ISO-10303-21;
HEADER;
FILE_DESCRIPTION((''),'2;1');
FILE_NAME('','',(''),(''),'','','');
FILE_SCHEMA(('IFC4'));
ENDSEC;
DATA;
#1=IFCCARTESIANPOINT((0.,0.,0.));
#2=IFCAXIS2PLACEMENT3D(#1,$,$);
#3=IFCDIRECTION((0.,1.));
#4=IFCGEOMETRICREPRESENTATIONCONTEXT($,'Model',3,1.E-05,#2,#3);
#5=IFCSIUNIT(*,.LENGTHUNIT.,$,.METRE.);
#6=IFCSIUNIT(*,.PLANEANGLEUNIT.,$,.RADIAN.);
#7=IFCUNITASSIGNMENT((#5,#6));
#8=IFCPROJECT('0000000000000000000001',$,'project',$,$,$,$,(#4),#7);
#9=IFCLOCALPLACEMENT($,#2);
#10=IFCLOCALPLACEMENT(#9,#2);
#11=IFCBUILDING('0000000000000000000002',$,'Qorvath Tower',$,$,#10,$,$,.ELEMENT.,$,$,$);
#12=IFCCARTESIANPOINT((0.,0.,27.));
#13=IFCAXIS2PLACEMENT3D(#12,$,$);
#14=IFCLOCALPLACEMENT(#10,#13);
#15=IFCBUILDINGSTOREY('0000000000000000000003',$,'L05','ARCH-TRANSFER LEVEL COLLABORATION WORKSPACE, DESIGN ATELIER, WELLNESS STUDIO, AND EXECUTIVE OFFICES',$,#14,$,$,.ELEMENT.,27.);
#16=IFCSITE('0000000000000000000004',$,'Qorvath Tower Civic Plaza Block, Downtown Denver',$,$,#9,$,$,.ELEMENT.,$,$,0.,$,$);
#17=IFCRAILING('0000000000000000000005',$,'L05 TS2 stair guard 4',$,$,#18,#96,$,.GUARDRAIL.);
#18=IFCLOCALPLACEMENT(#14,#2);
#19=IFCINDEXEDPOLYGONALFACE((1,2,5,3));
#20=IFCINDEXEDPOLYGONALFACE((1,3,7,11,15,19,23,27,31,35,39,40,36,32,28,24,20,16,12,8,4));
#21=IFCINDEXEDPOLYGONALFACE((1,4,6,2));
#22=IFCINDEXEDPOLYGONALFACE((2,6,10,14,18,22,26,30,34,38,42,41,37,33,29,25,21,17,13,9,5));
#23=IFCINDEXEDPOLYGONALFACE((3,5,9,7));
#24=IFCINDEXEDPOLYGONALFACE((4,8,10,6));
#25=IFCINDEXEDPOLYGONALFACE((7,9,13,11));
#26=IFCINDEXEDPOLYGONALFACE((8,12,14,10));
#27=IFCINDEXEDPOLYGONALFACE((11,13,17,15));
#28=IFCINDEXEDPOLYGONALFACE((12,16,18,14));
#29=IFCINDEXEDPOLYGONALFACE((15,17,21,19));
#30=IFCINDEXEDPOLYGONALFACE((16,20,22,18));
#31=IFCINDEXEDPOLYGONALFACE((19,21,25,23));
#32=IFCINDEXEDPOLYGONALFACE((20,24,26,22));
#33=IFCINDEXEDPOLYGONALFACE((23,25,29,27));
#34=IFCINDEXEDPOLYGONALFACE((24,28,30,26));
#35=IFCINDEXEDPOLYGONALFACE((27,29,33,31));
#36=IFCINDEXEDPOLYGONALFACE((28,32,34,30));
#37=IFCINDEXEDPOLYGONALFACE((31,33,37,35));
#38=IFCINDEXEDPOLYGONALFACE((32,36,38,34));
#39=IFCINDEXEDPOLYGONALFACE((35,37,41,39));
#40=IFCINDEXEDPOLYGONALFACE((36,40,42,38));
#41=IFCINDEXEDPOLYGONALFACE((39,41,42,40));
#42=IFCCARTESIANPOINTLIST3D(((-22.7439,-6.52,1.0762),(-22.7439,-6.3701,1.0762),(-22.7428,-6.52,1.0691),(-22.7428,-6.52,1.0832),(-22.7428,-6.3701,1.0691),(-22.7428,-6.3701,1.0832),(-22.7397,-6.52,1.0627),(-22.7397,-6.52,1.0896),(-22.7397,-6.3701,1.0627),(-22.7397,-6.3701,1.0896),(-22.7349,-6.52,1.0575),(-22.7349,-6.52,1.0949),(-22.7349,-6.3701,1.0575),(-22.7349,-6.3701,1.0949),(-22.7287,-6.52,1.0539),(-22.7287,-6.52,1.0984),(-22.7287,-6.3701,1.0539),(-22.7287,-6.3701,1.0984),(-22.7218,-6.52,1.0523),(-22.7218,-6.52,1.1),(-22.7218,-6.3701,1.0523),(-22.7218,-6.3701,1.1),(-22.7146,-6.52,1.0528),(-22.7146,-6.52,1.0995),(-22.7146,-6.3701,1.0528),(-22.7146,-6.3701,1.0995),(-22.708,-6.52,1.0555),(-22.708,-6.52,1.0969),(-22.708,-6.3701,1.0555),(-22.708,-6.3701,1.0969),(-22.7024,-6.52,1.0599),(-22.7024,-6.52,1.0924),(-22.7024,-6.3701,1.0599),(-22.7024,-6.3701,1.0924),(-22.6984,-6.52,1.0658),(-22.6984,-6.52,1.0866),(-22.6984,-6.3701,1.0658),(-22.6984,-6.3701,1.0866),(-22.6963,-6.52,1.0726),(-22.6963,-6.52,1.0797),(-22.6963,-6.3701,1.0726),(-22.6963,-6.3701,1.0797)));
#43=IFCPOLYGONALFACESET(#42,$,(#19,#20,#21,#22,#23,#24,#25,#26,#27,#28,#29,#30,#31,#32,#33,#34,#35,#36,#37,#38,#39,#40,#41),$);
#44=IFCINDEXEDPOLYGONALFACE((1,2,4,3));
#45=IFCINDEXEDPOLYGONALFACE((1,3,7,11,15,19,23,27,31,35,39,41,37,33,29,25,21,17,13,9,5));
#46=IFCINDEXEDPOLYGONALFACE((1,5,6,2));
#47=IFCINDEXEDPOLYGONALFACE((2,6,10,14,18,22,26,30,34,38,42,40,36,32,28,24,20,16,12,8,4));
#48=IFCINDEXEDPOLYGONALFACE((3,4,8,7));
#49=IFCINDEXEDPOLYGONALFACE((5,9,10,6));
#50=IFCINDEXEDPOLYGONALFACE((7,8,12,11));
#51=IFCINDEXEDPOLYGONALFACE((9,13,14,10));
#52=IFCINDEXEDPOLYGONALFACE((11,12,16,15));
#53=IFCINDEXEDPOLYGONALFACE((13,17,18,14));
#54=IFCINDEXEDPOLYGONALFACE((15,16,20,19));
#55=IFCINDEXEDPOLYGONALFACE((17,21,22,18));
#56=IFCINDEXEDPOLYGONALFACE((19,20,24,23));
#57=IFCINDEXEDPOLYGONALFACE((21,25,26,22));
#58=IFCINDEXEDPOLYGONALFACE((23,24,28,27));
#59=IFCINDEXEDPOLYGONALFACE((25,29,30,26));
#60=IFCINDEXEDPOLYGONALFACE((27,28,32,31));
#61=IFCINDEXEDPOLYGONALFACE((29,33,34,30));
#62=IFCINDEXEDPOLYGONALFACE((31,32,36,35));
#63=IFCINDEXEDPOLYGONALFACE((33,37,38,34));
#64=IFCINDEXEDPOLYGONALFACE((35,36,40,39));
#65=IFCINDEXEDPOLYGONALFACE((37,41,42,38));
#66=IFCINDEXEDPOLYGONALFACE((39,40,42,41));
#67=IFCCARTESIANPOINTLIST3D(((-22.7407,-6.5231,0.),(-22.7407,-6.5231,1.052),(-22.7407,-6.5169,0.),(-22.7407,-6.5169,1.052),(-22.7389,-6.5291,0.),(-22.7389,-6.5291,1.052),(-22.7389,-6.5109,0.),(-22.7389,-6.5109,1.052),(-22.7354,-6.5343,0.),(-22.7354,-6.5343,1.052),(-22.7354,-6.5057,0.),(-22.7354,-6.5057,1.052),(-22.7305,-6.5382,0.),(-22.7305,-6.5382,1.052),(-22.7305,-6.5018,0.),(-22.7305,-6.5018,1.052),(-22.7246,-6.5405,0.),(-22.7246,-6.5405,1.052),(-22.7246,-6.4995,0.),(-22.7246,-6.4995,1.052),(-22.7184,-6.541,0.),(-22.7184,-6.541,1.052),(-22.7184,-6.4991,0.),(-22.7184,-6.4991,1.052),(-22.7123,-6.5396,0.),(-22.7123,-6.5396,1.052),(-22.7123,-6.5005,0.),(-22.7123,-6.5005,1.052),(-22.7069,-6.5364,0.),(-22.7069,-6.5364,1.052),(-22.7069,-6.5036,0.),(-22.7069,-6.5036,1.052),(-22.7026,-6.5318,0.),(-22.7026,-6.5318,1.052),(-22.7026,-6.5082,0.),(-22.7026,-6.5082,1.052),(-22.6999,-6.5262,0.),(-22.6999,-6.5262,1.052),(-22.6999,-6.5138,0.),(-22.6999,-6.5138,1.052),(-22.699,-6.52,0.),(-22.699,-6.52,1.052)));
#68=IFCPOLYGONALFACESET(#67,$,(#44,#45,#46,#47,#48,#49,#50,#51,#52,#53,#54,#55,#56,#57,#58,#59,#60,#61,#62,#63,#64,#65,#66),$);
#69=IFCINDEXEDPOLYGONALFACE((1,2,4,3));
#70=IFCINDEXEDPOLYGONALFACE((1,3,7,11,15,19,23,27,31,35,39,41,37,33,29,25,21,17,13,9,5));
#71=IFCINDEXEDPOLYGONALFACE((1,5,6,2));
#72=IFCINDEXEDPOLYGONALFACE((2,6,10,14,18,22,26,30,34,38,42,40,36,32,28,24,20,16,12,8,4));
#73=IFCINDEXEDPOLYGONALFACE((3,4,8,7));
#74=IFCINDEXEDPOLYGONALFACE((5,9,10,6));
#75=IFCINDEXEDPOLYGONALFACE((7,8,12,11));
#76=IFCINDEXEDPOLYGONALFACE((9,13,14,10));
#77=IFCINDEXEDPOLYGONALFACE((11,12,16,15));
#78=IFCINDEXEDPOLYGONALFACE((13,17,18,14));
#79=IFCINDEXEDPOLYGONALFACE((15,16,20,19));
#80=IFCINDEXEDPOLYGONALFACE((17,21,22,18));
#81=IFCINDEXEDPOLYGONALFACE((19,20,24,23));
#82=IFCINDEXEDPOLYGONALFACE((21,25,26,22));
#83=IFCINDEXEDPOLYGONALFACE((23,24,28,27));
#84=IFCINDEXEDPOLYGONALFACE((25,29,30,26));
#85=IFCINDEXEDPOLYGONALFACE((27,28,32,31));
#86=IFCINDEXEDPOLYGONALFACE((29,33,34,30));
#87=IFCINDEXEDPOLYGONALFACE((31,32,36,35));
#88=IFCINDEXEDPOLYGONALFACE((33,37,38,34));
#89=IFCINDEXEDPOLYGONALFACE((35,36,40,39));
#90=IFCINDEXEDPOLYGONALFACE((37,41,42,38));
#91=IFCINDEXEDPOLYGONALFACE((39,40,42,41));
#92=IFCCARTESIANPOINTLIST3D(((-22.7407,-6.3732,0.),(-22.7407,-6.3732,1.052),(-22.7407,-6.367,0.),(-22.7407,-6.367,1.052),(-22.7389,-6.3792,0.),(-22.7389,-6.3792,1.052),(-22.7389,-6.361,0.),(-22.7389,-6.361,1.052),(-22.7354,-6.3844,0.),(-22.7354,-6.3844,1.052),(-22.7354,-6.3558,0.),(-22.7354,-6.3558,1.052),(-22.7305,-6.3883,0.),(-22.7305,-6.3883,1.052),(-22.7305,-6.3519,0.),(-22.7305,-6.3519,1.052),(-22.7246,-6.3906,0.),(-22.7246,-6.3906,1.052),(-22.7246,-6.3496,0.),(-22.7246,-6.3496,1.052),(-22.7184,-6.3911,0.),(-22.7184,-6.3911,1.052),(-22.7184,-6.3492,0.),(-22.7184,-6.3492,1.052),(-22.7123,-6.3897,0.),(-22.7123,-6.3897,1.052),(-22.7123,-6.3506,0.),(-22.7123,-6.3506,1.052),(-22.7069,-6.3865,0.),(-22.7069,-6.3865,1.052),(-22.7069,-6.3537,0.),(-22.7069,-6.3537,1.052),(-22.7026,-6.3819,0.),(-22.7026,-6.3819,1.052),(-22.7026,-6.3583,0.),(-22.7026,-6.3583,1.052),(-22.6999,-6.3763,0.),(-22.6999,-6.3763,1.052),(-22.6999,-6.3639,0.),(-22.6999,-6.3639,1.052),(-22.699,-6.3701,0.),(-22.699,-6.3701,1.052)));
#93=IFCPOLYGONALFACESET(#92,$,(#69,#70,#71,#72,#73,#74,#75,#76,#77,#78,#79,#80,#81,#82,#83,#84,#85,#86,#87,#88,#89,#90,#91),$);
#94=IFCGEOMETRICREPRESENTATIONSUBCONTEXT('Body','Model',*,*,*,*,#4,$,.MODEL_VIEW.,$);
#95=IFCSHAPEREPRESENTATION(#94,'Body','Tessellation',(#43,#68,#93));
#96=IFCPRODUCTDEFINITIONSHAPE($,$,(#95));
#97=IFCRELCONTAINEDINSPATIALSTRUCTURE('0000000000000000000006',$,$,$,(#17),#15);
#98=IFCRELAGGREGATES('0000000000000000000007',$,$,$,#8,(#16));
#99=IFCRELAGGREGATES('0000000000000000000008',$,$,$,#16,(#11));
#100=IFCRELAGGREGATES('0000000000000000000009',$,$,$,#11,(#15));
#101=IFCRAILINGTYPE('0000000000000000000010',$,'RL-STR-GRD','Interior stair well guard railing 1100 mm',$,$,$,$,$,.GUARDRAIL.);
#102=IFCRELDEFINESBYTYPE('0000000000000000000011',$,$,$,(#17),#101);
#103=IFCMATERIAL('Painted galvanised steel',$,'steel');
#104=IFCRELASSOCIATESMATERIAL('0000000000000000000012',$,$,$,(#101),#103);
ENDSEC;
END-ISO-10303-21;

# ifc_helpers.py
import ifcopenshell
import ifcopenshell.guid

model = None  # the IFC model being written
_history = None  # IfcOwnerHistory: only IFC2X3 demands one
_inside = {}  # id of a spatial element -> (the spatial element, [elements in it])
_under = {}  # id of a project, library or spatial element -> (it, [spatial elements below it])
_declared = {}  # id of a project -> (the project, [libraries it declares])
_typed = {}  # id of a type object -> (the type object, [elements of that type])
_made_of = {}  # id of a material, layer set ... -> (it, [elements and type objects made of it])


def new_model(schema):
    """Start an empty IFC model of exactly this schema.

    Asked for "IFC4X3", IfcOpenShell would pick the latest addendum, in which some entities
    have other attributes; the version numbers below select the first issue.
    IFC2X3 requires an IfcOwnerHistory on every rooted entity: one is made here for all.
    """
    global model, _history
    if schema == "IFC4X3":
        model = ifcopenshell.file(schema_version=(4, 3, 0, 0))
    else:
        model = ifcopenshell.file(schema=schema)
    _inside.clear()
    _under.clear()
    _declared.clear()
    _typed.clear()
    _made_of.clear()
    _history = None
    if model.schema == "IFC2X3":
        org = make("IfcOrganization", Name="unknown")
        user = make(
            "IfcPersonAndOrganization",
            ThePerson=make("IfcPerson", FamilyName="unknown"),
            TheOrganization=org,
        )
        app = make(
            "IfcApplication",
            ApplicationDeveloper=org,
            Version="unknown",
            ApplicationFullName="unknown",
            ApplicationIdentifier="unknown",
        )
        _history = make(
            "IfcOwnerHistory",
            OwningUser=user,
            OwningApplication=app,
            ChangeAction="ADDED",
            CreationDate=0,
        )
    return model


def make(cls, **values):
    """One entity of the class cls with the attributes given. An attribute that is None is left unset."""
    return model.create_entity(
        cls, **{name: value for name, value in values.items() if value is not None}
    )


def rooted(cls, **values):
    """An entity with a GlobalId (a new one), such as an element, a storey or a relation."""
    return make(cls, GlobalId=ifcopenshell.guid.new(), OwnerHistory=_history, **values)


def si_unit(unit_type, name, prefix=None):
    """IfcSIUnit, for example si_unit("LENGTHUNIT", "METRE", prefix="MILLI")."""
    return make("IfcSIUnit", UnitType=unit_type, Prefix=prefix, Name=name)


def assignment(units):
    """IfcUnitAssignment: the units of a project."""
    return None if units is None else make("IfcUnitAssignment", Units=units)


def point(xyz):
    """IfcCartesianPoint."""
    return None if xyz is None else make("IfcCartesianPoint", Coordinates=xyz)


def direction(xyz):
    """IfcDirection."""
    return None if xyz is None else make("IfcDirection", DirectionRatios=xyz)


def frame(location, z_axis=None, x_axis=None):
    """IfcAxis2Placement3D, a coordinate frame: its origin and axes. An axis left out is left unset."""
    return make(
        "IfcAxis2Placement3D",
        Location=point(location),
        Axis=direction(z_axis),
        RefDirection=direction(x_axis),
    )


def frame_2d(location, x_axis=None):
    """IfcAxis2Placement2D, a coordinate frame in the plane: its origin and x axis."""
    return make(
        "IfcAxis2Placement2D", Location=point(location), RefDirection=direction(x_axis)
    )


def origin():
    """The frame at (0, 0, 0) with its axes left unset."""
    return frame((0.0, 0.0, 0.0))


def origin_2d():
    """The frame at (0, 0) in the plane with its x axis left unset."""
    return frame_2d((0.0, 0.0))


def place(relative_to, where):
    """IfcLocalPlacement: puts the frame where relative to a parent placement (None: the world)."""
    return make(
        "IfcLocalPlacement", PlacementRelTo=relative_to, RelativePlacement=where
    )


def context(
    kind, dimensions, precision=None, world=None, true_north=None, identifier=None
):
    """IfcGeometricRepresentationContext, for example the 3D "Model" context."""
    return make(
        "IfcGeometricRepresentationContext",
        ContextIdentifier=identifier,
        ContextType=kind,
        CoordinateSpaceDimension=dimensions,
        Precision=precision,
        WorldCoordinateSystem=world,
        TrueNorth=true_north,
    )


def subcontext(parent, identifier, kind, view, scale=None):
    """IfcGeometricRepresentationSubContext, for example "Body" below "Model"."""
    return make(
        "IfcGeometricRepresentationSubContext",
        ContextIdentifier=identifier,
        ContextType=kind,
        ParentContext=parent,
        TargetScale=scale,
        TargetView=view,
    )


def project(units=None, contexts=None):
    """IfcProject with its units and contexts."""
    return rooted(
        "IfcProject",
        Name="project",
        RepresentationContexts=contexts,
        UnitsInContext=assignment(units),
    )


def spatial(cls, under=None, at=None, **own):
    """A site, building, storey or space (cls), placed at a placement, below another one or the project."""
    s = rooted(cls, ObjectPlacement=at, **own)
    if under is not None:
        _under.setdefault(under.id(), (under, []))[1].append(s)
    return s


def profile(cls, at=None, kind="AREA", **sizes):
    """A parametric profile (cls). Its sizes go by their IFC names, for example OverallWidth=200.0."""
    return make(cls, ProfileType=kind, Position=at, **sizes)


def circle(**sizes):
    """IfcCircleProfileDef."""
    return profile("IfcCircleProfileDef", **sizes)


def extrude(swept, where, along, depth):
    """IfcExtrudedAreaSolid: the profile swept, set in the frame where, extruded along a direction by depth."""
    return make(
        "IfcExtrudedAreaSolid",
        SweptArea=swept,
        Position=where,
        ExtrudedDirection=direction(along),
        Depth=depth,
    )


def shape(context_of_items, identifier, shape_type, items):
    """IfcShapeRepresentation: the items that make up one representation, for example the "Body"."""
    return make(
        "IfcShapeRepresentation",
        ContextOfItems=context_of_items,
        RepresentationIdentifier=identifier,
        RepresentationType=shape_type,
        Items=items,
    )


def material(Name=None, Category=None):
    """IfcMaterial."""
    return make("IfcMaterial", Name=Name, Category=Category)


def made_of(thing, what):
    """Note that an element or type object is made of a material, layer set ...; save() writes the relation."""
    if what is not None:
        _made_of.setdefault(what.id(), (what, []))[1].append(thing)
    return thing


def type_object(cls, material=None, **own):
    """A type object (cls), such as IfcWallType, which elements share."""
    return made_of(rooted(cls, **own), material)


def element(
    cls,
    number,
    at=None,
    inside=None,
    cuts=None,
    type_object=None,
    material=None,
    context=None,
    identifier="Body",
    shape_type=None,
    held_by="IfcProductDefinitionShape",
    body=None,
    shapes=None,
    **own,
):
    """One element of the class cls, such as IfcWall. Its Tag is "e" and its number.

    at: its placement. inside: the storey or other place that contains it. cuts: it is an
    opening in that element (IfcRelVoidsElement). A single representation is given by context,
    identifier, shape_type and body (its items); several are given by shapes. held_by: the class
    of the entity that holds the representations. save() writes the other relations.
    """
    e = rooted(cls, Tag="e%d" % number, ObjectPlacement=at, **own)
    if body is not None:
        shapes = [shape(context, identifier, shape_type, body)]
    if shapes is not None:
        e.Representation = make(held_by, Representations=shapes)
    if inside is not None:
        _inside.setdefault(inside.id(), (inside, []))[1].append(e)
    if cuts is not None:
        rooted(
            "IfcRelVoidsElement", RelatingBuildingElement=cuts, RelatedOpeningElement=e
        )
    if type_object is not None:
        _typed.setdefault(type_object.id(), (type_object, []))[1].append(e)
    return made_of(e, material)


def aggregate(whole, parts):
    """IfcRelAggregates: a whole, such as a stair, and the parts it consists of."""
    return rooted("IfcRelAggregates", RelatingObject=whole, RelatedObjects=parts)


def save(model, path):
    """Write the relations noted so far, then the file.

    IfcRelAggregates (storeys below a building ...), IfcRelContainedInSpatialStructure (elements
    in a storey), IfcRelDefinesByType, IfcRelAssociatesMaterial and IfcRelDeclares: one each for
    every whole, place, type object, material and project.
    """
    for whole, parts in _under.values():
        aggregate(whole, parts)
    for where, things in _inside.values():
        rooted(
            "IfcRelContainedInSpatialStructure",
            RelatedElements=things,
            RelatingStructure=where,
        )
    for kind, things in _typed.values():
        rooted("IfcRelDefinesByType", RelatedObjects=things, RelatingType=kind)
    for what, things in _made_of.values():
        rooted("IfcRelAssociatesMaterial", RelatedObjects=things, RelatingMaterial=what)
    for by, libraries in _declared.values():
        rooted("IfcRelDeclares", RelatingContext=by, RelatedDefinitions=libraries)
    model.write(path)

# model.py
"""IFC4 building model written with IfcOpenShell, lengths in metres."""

from ifc_helpers import new_model, si_unit, direction, frame, origin, origin_2d, place, context, subcontext, project, spatial, circle, extrude, material, type_object, element, save


model = new_model("IFC4")

# Units and contexts
model_context = context("Model", 3, precision=1e-05, world=origin(), true_north=direction((0.0, 1.0)))
body_context = subcontext(model_context, "Body", "Model", "MODEL_VIEW")
ifc_project = project(units=[si_unit("LENGTHUNIT", "METRE"), si_unit("PLANEANGLEUNIT", "RADIAN")], contexts=[model_context])

# Site, building, storey
site_placement = place(None, origin())
site = spatial("IfcSite", under=ifc_project, at=site_placement, Name="Qorvath Tower Civic Plaza Block, Downtown Denver", CompositionType="ELEMENT", RefElevation=0.0)
building_placement = place(site_placement, origin())
building = spatial("IfcBuilding", under=site, at=building_placement, Name="Qorvath Tower", CompositionType="ELEMENT")
storey_placement = place(building_placement, frame((0.0, 0.0, 27.0)))
storey = spatial("IfcBuildingStorey", under=building, at=storey_placement, Name="L05", Description="ARCH-TRANSFER LEVEL COLLABORATION WORKSPACE, DESIGN ATELIER, WELLNESS STUDIO, AND EXECUTIVE OFFICES", CompositionType="ELEMENT", Elevation=27.0)

# Railing
ifc_material_1 = material(Name="Painted galvanised steel", Category="steel")
railing_type = type_object("IfcRailingType", Name="RL-STR-GRD", Description="Interior stair well guard railing 1100 mm", PredefinedType="GUARDRAIL", material=ifc_material_1)
railing_1_placement = place(storey_placement, frame((-22.72, -6.52, 0.0)))
element("IfcRailing", 1, at=railing_1_placement, inside=storey, type_object=railing_type, Name="L05 TS2 stair guard 4", PredefinedType="GUARDRAIL", context=body_context, shape_type="SweptSolid", body=[
    extrude(circle(Radius=0.0239, at=origin_2d()), frame((0.0, 0.0, 1.0762), z_axis=(0.0, 1.0, 0.0), x_axis=(-1.0, 0.0, 0.0)), (0.0, 0.0, 1.0), 0.1499),
    extrude(circle(Radius=0.021, at=origin_2d()), origin(), (0.0, 0.0, 1.0), 1.052),
    extrude(circle(Radius=0.021, at=origin_2d()), frame((0.0, 0.1499, 0.0)), (0.0, 0.0, 1.0), 1.052),
])

save(model, "model.ifc")
